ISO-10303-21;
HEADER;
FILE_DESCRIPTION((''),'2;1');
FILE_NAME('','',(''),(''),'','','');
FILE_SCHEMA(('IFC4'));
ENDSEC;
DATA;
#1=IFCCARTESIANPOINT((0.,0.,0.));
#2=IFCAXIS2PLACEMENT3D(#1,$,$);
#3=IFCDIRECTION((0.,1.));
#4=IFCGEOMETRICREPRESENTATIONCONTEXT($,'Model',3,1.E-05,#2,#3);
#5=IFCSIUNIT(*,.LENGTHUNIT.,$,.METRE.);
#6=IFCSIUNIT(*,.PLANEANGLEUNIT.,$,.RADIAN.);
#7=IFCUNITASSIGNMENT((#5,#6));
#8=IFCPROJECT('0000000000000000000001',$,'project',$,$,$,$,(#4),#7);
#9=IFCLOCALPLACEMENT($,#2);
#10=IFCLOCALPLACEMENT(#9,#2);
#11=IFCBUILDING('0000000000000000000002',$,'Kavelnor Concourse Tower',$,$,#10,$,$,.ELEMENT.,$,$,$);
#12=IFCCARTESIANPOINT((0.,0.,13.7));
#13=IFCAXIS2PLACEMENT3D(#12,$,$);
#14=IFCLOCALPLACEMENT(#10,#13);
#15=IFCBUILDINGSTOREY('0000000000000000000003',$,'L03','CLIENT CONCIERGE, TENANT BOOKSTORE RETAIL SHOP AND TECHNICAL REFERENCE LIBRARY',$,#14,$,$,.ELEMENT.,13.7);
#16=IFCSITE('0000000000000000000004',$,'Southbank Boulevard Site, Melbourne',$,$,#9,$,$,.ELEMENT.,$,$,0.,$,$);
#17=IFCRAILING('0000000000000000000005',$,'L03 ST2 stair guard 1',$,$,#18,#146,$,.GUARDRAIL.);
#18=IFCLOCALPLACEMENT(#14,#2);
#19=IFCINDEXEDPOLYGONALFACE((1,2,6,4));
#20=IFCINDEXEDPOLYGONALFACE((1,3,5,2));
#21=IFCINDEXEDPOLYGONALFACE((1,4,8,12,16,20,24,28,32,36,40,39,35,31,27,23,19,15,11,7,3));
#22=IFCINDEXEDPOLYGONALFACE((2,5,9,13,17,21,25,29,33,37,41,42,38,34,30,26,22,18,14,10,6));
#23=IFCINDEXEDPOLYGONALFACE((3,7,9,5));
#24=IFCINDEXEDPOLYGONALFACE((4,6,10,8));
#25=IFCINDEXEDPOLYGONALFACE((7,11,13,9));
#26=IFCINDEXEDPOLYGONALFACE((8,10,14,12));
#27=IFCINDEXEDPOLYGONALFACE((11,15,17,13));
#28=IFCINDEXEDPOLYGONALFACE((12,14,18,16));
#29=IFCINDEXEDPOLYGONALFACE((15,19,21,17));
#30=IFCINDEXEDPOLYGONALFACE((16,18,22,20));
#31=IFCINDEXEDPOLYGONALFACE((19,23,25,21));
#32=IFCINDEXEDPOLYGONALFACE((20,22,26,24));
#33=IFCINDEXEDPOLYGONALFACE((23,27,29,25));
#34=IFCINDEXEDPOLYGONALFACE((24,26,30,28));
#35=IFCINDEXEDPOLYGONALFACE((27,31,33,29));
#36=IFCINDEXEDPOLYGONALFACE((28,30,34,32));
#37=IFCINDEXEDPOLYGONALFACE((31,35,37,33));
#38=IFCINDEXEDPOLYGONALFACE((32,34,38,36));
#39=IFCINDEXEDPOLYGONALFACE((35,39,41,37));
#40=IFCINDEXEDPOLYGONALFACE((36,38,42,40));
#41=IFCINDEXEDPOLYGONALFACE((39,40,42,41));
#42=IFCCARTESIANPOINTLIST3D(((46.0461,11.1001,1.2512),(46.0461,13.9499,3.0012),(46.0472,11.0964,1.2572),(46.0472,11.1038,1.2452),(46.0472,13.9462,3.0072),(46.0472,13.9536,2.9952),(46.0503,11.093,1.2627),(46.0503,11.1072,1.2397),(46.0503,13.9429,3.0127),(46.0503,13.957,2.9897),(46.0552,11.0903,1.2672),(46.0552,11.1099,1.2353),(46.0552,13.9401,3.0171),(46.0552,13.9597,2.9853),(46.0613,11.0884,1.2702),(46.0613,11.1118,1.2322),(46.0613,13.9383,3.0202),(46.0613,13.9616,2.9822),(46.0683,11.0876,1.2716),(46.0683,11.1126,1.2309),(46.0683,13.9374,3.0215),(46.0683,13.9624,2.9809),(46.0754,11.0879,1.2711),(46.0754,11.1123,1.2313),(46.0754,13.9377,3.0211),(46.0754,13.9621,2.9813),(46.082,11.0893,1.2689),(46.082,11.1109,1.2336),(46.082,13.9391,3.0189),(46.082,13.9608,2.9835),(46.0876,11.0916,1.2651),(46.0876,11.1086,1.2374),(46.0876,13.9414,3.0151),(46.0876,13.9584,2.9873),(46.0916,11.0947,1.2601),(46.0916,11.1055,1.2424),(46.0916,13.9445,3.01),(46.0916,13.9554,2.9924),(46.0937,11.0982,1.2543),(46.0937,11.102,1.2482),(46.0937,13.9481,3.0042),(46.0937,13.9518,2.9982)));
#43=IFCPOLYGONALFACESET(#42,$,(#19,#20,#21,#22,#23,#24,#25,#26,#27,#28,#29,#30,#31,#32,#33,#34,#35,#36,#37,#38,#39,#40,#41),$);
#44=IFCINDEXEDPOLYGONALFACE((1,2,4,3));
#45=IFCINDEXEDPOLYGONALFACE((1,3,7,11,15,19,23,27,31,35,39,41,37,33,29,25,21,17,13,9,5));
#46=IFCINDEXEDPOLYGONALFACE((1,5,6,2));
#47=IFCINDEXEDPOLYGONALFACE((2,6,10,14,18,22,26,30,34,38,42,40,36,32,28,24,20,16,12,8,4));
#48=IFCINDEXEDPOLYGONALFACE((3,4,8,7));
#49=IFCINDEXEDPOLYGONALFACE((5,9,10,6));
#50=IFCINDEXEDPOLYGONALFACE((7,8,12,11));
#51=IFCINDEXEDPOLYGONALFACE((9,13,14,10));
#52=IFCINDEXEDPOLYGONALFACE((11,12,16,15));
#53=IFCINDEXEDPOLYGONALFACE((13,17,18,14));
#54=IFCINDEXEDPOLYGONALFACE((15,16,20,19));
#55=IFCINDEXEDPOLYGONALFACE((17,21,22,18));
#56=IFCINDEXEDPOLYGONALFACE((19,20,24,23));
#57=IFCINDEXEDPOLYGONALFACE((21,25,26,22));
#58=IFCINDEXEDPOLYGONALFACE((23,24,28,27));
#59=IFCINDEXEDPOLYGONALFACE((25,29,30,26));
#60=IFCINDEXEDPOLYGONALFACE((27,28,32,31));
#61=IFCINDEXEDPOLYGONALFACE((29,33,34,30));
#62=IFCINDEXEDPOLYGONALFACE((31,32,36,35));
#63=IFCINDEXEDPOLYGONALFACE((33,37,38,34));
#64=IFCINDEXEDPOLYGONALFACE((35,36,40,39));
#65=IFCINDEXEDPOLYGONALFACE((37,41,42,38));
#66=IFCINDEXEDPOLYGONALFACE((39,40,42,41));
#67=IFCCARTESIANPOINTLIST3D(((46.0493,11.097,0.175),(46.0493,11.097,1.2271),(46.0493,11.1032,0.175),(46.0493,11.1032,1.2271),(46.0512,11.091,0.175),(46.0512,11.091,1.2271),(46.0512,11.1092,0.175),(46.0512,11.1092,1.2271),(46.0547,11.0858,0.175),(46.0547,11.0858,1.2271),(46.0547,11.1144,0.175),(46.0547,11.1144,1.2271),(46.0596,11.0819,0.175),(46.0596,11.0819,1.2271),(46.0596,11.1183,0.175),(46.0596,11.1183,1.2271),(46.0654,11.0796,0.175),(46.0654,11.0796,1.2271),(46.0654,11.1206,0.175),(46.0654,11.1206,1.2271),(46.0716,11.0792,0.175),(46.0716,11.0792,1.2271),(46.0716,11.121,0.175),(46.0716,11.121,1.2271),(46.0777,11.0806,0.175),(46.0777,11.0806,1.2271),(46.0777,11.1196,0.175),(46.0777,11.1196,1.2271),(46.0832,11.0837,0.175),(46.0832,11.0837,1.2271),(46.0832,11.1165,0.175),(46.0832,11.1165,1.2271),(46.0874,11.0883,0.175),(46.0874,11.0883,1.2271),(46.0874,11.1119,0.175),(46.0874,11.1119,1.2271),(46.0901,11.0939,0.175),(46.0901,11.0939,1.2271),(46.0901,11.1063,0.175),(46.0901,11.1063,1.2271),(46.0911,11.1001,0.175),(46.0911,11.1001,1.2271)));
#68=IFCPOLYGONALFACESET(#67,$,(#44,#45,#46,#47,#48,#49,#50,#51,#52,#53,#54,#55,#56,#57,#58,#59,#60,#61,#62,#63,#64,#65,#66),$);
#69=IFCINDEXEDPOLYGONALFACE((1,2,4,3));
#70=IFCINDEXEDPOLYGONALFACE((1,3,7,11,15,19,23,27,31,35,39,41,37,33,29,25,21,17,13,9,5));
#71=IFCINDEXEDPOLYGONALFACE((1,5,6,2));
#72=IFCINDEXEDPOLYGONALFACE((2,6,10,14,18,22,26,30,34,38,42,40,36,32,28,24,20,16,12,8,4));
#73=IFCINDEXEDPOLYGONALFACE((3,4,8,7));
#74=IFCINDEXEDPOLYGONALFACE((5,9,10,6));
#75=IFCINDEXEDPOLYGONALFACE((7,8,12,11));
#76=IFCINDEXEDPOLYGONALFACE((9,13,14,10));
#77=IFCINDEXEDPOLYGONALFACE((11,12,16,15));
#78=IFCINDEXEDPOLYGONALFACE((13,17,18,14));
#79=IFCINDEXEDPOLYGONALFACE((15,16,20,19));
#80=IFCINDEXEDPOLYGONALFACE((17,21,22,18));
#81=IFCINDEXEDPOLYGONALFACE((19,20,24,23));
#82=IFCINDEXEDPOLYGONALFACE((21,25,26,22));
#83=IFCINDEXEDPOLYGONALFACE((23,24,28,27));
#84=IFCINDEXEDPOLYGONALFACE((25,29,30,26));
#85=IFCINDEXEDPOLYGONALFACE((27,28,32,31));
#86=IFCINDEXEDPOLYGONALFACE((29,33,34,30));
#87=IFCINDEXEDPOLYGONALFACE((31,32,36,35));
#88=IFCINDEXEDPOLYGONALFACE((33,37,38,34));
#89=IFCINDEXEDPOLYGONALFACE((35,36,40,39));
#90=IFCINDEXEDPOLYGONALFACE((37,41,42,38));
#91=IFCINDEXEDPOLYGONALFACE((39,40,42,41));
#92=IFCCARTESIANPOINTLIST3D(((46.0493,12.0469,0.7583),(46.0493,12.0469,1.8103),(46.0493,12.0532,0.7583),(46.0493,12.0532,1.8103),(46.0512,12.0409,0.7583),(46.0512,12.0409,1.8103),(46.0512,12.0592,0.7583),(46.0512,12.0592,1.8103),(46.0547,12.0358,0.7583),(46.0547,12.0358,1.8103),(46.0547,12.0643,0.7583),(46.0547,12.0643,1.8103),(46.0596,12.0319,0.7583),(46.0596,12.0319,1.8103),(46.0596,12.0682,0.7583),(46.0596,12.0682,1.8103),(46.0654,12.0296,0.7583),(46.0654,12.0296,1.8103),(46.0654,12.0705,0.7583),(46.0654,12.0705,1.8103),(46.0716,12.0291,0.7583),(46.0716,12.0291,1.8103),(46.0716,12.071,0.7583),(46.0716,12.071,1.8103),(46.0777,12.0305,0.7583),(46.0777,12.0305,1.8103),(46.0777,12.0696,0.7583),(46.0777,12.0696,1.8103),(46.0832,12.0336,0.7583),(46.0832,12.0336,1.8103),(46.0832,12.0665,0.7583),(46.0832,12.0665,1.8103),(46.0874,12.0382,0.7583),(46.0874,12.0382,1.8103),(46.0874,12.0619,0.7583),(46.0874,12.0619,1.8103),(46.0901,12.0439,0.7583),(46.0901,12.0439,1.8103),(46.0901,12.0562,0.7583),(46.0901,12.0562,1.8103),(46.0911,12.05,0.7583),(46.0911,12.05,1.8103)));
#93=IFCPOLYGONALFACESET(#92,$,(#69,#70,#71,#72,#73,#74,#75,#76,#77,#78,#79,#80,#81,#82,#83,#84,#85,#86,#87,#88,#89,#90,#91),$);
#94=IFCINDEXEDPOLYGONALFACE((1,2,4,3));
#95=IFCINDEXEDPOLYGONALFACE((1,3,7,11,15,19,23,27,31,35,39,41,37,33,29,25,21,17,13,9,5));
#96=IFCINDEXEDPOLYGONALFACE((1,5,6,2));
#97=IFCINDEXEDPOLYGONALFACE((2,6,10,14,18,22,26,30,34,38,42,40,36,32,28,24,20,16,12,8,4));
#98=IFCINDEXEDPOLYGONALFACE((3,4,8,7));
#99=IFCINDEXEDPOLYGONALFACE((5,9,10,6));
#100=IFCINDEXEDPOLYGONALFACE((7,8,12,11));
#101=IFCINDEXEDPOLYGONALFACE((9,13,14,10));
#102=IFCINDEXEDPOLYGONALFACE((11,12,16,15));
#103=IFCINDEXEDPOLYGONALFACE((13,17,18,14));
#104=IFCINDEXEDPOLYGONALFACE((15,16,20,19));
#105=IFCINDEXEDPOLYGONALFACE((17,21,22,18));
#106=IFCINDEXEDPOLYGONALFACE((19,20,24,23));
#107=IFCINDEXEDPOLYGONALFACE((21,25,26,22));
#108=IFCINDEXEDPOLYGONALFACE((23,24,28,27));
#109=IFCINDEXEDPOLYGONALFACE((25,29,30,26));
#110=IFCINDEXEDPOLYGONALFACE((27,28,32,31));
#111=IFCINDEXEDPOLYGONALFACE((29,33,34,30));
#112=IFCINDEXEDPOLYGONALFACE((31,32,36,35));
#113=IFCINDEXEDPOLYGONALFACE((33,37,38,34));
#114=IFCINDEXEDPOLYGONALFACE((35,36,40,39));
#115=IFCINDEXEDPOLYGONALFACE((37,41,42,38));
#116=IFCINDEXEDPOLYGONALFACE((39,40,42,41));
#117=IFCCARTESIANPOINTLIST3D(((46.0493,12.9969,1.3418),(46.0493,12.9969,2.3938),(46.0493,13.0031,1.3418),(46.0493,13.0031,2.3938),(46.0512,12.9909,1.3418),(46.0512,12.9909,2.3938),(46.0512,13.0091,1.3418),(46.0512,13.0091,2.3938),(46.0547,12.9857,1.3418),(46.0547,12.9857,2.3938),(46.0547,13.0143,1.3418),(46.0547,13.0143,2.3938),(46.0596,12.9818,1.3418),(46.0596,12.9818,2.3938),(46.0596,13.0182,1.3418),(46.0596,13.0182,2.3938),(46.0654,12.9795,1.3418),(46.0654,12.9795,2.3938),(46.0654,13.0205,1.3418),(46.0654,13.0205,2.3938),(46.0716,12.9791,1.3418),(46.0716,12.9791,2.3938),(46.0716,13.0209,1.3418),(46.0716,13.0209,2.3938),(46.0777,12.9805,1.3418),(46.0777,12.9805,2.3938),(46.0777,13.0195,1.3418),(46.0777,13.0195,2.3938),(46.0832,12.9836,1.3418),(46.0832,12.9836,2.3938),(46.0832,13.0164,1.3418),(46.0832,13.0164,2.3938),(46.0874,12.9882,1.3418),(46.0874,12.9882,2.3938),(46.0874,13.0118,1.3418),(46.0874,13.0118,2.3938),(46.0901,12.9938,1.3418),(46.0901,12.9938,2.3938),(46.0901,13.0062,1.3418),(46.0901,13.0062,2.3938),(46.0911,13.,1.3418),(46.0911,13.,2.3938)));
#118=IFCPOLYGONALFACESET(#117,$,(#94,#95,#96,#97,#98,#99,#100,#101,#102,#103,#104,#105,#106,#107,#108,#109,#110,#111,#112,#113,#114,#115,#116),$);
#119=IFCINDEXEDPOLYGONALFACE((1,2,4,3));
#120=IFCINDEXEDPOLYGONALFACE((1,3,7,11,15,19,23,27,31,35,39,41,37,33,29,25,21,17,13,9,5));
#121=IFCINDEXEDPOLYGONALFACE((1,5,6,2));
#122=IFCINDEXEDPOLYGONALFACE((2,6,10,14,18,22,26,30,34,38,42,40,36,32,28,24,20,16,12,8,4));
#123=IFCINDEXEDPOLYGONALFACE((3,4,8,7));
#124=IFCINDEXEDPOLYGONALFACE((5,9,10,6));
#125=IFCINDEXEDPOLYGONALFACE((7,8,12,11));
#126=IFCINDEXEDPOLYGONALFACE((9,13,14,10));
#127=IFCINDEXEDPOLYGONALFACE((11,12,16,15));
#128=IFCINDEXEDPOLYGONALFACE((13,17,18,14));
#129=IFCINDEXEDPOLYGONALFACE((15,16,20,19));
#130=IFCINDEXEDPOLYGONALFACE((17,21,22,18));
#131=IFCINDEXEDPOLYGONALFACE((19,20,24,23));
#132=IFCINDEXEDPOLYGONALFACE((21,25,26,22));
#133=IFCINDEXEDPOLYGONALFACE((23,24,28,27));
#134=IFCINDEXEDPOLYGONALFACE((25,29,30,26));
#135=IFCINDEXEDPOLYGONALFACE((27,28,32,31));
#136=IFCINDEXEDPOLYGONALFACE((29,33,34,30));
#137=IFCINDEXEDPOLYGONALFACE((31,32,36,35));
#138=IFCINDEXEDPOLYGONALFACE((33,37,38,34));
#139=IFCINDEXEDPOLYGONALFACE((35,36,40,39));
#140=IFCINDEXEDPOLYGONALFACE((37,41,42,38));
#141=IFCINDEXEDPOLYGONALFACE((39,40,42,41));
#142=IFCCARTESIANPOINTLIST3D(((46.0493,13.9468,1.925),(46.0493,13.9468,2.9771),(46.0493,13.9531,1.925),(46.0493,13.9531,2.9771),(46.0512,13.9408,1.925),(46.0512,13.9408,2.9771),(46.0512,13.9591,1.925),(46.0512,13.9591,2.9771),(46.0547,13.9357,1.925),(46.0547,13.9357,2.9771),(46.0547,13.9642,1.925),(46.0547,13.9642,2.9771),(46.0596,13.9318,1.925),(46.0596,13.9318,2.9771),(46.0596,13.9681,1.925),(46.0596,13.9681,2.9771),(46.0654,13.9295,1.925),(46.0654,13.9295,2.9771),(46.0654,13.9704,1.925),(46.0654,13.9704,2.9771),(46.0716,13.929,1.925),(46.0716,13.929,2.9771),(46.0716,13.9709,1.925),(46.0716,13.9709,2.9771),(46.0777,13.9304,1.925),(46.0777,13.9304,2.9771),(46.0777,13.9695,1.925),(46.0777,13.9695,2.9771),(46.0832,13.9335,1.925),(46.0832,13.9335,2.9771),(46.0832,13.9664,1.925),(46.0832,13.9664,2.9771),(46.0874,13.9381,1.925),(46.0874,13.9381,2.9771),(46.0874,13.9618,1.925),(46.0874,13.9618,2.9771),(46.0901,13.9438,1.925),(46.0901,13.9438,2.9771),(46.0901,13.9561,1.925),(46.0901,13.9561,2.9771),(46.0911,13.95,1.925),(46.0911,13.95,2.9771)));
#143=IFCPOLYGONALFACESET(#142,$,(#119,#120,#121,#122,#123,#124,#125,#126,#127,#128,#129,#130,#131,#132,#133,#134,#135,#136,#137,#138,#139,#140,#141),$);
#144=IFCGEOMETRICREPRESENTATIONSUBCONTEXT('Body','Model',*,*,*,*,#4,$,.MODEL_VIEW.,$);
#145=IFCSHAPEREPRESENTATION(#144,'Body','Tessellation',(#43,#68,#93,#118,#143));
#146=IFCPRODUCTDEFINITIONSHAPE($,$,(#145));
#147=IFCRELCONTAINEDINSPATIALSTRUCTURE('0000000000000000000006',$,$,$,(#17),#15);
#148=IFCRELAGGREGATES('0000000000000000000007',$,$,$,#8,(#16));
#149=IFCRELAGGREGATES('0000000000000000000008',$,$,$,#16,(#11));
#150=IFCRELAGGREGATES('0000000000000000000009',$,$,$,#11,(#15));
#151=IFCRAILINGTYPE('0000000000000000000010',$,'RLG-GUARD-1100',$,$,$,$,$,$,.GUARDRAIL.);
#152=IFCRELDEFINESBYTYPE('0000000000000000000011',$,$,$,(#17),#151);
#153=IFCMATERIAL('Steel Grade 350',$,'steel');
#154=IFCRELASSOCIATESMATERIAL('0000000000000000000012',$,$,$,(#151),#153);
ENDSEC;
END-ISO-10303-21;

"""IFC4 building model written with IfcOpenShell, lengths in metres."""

from ifc_helpers import new_model, si_unit, direction, frame, origin, origin_2d, place, context, subcontext, project, spatial, circle, extrude, material, type_object, element, save


model = new_model("IFC4")

# Units and contexts
model_context = context("Model", 3, precision=1e-05, world=origin(), true_north=direction((0.0, 1.0)))
body_context = subcontext(model_context, "Body", "Model", "MODEL_VIEW")
ifc_project = project(units=[si_unit("LENGTHUNIT", "METRE"), si_unit("PLANEANGLEUNIT", "RADIAN")], contexts=[model_context])

# Site, building, storey
site_placement = place(None, origin())
site = spatial("IfcSite", under=ifc_project, at=site_placement, Name="Southbank Boulevard Site, Melbourne", CompositionType="ELEMENT", RefElevation=0.0)
building_placement = place(site_placement, origin())
building = spatial("IfcBuilding", under=site, at=building_placement, Name="Kavelnor Concourse Tower", CompositionType="ELEMENT")
storey_placement = place(building_placement, frame((0.0, 0.0, 13.7)))
storey = spatial("IfcBuildingStorey", under=building, at=storey_placement, Name="L03", Description="CLIENT CONCIERGE, TENANT BOOKSTORE RETAIL SHOP AND TECHNICAL REFERENCE LIBRARY", CompositionType="ELEMENT", Elevation=13.7)

# Shared definitions
ifc_material_1 = material(Name="Steel Grade 350", Category="steel")

# Railing
railing_type_1 = type_object("IfcRailingType", Name="RLG-GUARD-1100", PredefinedType="GUARDRAIL", material=ifc_material_1)
railing_1_placement = place(storey_placement, frame((46.0701, 11.1001, 0.175)))
element("IfcRailing", 1, at=railing_1_placement, inside=storey, type_object=railing_type_1, Name="L03 ST2 stair guard 1", PredefinedType="GUARDRAIL", context=body_context, shape_type="SweptSolid", body=[
    extrude(circle(Radius=0.0239, at=origin_2d()), frame((0.0, 0.0, 1.0762), z_axis=(0.0, 0.852159, 0.523283), x_axis=(-1.0, 0.0, 0.0)), (0.0, 0.0, 1.0), 3.3442),
    extrude(circle(Radius=0.021, at=origin_2d()), origin(), (0.0, 0.0, 1.0), 1.052),
    extrude(circle(Radius=0.021, at=origin_2d()), frame((0.0, 0.95, 0.5833)), (0.0, 0.0, 1.0), 1.052),
    extrude(circle(Radius=0.021, at=origin_2d()), frame((0.0, 1.8999, 1.1667)), (0.0, 0.0, 1.0), 1.052),
    extrude(circle(Radius=0.021, at=origin_2d()), frame((0.0, 2.8499, 1.75)), (0.0, 0.0, 1.0), 1.052),
])

save(model, "model.ifc")
